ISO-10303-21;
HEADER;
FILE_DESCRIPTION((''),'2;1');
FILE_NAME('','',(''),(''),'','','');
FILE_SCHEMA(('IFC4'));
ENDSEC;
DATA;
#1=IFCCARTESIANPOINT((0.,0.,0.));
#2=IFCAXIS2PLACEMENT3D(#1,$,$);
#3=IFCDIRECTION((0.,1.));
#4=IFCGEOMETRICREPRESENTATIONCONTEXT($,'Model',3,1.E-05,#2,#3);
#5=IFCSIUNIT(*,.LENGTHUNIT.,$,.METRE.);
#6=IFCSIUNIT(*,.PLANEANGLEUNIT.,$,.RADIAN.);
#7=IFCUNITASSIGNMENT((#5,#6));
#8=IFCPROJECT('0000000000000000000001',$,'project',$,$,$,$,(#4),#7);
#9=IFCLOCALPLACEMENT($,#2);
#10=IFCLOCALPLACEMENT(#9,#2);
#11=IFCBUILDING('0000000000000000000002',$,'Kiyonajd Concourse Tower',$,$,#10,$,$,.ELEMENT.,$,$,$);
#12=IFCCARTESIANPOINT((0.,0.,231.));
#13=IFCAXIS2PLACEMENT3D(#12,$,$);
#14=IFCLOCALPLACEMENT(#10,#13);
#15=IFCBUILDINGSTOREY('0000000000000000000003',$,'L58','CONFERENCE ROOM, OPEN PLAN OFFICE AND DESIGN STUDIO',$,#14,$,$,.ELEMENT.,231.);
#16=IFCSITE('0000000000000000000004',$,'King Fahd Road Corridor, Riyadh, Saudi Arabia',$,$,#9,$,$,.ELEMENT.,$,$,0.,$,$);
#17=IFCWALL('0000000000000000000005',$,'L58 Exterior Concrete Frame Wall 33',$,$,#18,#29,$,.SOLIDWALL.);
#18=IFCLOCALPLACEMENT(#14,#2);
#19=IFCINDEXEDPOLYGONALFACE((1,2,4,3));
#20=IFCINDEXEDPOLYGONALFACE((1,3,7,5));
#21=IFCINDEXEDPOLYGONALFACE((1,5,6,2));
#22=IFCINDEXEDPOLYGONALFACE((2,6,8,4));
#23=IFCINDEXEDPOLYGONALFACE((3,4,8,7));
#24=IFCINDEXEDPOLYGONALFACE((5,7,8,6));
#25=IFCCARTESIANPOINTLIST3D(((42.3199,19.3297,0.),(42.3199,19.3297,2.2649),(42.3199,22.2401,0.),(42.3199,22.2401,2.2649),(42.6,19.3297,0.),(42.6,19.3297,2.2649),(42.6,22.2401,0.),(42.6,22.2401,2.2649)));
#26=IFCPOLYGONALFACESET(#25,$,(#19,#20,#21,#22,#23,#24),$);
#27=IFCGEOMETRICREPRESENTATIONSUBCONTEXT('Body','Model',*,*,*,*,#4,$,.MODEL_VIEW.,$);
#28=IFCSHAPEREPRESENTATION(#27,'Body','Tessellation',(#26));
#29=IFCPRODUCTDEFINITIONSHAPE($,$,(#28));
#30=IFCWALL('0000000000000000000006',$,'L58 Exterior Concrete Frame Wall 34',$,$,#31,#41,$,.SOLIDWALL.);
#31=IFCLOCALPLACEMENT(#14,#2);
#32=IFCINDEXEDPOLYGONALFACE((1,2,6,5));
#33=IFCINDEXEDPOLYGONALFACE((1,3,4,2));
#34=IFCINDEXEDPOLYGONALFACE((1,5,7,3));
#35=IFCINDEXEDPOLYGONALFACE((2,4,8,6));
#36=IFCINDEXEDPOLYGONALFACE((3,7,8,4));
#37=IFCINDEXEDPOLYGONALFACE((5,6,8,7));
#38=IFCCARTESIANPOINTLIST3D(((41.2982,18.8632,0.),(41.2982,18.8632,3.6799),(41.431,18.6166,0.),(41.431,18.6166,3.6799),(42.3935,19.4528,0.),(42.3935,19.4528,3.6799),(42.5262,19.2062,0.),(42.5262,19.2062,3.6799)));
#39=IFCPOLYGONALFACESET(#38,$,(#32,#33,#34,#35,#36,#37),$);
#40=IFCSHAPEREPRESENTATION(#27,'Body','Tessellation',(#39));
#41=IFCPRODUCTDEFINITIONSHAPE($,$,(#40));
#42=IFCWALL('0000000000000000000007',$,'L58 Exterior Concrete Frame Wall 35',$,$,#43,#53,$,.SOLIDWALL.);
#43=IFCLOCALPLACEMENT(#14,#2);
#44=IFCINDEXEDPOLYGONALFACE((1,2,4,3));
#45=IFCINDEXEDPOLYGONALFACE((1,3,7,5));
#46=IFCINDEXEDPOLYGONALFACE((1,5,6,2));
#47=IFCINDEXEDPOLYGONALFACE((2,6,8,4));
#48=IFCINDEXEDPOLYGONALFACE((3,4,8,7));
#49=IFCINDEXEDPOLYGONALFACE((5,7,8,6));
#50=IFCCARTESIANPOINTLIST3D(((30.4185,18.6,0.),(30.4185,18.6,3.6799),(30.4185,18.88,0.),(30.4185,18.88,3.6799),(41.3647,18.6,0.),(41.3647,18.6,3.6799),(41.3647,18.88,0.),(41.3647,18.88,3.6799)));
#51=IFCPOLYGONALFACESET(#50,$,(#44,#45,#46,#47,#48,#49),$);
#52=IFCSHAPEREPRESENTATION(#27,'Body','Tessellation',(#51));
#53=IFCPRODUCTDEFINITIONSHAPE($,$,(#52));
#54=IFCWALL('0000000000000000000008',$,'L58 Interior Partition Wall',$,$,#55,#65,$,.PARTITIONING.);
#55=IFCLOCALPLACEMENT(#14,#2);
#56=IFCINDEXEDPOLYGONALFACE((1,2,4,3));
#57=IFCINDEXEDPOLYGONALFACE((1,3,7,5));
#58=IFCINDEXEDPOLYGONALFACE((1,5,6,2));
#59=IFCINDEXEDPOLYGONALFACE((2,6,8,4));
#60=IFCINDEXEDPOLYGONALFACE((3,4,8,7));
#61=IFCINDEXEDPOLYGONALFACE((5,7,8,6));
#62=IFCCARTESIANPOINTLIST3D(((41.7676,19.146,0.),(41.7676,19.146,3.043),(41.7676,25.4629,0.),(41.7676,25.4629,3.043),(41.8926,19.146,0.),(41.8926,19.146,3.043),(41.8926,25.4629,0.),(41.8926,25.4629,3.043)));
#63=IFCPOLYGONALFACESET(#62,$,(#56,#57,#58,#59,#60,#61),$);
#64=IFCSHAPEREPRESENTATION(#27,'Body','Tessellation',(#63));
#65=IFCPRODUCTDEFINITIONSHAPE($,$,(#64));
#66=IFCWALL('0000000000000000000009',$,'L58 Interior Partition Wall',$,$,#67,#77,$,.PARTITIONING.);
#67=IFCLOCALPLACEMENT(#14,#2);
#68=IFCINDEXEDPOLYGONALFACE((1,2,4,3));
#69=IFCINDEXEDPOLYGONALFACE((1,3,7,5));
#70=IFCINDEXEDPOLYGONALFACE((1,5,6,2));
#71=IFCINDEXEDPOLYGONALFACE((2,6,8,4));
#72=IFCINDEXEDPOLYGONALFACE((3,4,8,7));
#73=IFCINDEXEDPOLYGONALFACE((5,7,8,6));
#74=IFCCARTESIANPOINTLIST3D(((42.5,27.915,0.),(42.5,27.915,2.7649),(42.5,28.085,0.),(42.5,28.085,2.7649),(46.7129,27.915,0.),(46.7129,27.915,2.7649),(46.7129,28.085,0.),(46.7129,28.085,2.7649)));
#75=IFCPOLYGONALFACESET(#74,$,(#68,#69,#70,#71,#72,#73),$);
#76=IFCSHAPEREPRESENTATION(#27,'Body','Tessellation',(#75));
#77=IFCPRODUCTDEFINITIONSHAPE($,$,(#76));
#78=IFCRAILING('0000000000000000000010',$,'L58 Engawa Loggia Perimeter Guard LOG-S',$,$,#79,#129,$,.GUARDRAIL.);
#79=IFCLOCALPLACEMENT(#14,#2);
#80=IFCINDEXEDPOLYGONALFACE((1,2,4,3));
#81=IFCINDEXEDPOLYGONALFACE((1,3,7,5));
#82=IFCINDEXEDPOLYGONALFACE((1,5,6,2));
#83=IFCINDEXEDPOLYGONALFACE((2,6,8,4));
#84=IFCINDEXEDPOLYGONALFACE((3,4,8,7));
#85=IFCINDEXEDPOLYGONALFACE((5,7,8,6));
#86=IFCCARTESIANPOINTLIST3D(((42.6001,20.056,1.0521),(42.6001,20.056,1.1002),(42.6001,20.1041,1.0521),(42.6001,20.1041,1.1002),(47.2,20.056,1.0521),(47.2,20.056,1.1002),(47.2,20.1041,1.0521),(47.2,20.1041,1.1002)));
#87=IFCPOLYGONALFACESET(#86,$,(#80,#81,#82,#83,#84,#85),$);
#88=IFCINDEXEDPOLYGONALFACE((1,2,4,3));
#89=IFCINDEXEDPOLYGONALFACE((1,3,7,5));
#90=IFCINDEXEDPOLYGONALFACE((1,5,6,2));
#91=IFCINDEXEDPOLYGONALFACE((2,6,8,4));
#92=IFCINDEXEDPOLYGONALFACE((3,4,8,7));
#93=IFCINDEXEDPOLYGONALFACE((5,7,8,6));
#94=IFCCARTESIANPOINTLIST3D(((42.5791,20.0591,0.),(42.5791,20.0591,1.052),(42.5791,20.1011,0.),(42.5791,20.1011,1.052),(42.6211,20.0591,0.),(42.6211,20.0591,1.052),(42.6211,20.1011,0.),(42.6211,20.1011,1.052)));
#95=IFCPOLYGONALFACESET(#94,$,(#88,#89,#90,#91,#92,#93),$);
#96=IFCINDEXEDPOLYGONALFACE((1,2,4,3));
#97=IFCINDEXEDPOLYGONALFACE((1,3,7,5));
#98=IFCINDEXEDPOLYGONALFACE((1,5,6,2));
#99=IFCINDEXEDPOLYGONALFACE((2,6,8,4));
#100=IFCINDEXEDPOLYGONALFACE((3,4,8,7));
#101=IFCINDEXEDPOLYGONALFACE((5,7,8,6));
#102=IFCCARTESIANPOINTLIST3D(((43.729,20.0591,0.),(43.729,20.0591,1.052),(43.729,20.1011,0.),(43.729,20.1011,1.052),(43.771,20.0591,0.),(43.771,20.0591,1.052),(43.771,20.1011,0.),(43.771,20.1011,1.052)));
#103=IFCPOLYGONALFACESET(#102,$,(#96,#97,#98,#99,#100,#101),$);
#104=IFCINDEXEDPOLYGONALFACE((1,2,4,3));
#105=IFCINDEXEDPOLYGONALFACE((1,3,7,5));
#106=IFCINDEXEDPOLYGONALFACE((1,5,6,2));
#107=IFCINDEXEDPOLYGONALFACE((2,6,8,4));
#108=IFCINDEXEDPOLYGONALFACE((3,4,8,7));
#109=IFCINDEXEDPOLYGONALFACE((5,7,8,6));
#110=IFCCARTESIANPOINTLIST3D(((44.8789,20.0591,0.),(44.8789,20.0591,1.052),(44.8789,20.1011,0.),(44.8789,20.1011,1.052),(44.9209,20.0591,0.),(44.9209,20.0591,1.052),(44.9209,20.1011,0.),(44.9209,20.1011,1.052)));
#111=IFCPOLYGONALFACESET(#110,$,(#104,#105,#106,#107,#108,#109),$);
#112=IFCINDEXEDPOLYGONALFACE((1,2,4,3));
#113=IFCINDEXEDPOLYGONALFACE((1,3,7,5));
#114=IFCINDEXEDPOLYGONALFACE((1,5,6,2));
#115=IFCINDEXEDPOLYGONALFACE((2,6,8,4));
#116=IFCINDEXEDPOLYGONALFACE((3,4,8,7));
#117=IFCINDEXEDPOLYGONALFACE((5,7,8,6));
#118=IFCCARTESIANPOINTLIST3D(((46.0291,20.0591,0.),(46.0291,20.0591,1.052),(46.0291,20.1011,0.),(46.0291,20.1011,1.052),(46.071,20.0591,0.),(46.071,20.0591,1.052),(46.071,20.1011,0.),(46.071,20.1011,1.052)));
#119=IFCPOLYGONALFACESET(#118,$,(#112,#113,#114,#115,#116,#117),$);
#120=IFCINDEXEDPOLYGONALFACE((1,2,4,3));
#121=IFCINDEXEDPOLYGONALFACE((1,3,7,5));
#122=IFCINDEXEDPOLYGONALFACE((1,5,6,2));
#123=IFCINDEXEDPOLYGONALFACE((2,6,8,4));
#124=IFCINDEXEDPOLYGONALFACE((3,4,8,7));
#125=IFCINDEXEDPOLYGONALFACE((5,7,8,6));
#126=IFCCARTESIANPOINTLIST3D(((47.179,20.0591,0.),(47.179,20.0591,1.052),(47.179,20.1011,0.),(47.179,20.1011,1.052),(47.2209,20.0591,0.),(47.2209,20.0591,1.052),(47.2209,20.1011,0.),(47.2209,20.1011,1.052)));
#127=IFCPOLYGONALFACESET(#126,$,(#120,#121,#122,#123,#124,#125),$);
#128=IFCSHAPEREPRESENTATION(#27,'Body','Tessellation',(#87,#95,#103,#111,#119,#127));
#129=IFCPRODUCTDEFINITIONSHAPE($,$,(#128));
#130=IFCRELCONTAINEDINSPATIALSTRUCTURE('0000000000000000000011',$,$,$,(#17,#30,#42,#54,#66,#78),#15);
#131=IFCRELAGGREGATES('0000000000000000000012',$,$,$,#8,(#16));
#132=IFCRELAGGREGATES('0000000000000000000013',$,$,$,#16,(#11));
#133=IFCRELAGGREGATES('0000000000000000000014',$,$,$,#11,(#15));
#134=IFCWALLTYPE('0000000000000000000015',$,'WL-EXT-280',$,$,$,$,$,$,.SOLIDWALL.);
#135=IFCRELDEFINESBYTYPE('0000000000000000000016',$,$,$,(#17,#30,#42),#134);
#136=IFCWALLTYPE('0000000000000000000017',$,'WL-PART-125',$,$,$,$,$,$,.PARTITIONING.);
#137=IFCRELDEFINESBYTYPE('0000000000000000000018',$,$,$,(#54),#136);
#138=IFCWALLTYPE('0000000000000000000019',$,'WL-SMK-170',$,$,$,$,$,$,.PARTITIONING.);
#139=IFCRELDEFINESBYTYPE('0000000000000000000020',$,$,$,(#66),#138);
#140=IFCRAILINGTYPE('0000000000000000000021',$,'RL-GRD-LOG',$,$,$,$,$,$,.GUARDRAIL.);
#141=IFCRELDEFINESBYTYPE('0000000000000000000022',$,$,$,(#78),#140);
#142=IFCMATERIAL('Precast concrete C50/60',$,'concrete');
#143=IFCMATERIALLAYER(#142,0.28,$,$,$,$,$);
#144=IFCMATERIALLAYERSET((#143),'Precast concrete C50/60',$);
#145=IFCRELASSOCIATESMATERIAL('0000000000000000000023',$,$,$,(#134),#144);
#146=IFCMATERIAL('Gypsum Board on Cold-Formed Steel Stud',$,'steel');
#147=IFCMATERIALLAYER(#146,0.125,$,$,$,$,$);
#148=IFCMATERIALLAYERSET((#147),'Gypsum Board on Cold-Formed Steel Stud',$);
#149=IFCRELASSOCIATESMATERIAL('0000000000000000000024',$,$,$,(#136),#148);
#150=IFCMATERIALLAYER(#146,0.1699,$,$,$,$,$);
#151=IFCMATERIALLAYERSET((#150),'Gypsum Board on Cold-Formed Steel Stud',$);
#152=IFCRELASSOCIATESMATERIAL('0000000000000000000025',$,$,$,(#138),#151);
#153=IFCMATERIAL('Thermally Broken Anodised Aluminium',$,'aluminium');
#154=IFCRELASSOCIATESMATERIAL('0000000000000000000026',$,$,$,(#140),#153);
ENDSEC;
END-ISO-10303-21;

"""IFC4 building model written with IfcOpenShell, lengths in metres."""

from ifc_helpers import new_model, si_unit, direction, frame, frame_2d, origin, origin_2d, place, context, subcontext, project, spatial, rectangle, extrude, material, layer, layer_set, type_object, element, save


model = new_model("IFC4")

# Units and contexts
model_context = context("Model", 3, precision=1e-05, world=origin(), true_north=direction((0.0, 1.0)))
body_context = subcontext(model_context, "Body", "Model", "MODEL_VIEW")
ifc_project = project(units=[si_unit("LENGTHUNIT", "METRE"), si_unit("PLANEANGLEUNIT", "RADIAN")], contexts=[model_context])

# Site, building, storey
site_placement = place(None, origin())
site = spatial("IfcSite", under=ifc_project, at=site_placement, Name="King Fahd Road Corridor, Riyadh, Saudi Arabia", CompositionType="ELEMENT", RefElevation=0.0)
building_placement = place(site_placement, origin())
building = spatial("IfcBuilding", under=site, at=building_placement, Name="Kiyonajd Concourse Tower", CompositionType="ELEMENT")
storey_placement = place(building_placement, frame((0.0, 0.0, 231.0)))
storey = spatial("IfcBuildingStorey", under=building, at=storey_placement, Name="L58", Description="CONFERENCE ROOM, OPEN PLAN OFFICE AND DESIGN STUDIO", CompositionType="ELEMENT", Elevation=231.0)

# Shared definitions
ifc_material_1 = material(Name="Thermally Broken Anodised Aluminium", Category="aluminium")

# Walls
ifc_material_2 = material(Name="Precast concrete C50/60", Category="concrete")
ifc_layer_1 = layer(ifc_material_2, 0.28)
ifc_layer_set_1 = layer_set([ifc_layer_1], Name="Precast concrete C50/60")
wall_type_1 = type_object("IfcWallType", Name="WL-EXT-280", PredefinedType="SOLIDWALL", material=ifc_layer_set_1)
wall_1_placement = place(storey_placement, frame((42.46, 22.24, 0.0), z_axis=(0.0, 0.0, 1.0), x_axis=(0.0, -1.0, 0.0)))
element("IfcWall", 1, at=wall_1_placement, inside=storey, type_object=wall_type_1, Name="L58 Exterior Concrete Frame Wall 33", PredefinedType="SOLIDWALL", context=body_context, shape_type="SweptSolid", body=[
    extrude(rectangle(XDim=2.9104, YDim=0.28, at=frame_2d((1.4551, 0.0))), origin(), (0.0, 0.0, 1.0), 2.2649),
])
wall_2_placement = place(storey_placement, frame((42.46, 19.3296, 0.0), z_axis=(0.0, 0.0, 1.0), x_axis=(-0.880515, -0.474018, 0.0)))
element("IfcWall", 2, at=wall_2_placement, inside=storey, type_object=wall_type_1, Name="L58 Exterior Concrete Frame Wall 34", PredefinedType="SOLIDWALL", context=body_context, shape_type="SweptSolid", body=[
    extrude(rectangle(XDim=1.2439, YDim=0.28, at=frame_2d((0.6221, 0.0))), origin(), (0.0, 0.0, 1.0), 3.6799),
])
wall_3_placement = place(storey_placement, frame((41.3647, 18.74, 0.0), z_axis=(0.0, 0.0, 1.0), x_axis=(-1.0, 0.0, 0.0)))
element("IfcWall", 3, at=wall_3_placement, inside=storey, type_object=wall_type_1, Name="L58 Exterior Concrete Frame Wall 35", PredefinedType="SOLIDWALL", context=body_context, shape_type="SweptSolid", body=[
    extrude(rectangle(XDim=10.9463, YDim=0.28, at=frame_2d((5.4731, 0.0))), origin(), (0.0, 0.0, 1.0), 3.6799),
])
ifc_material_3 = material(Name="Gypsum Board on Cold-Formed Steel Stud", Category="steel")
ifc_layer_2 = layer(ifc_material_3, 0.125)
ifc_layer_set_2 = layer_set([ifc_layer_2], Name="Gypsum Board on Cold-Formed Steel Stud")
wall_type_2 = type_object("IfcWallType", Name="WL-PART-125", PredefinedType="PARTITIONING", material=ifc_layer_set_2)
wall_4_placement = place(storey_placement, frame((41.8301, 19.146, 0.0), z_axis=(0.0, 0.0, 1.0), x_axis=(0.0, 1.0, 0.0)))
element("IfcWall", 4, at=wall_4_placement, inside=storey, type_object=wall_type_2, Name="L58 Interior Partition Wall", PredefinedType="PARTITIONING", context=body_context, shape_type="SweptSolid", body=[
    extrude(rectangle(XDim=6.3169, YDim=0.125, at=frame_2d((3.1584, 0.0))), origin(), (0.0, 0.0, 1.0), 3.043),
])
ifc_layer_3 = layer(ifc_material_3, 0.1699)
ifc_layer_set_3 = layer_set([ifc_layer_3], Name="Gypsum Board on Cold-Formed Steel Stud")
wall_type_3 = type_object("IfcWallType", Name="WL-SMK-170", PredefinedType="PARTITIONING", material=ifc_layer_set_3)
wall_5_placement = place(storey_placement, frame((42.5, 28.0, 0.0), z_axis=(0.0, 0.0, 1.0), x_axis=(1.0, 0.0, 0.0)))
element("IfcWall", 5, at=wall_5_placement, inside=storey, type_object=wall_type_3, Name="L58 Interior Partition Wall", PredefinedType="PARTITIONING", context=body_context, shape_type="SweptSolid", body=[
    extrude(rectangle(XDim=4.2129, YDim=0.1699, at=frame_2d((2.1064, 0.0))), origin(), (0.0, 0.0, 1.0), 2.7649),
])

# Railing
railing_type = type_object("IfcRailingType", Name="RL-GRD-LOG", PredefinedType="GUARDRAIL", material=ifc_material_1)
railing_placement = place(storey_placement, frame((42.6001, 20.0801, 0.0)))
element("IfcRailing", 6, at=railing_placement, inside=storey, type_object=railing_type, Name="L58 Engawa Loggia Perimeter Guard LOG-S", PredefinedType="GUARDRAIL", context=body_context, shape_type="SweptSolid", body=[
    extrude(rectangle(XDim=0.0481, YDim=0.0481, at=origin_2d()), frame((0.0, 0.0, 1.0762), z_axis=(1.0, 0.0, 0.0), x_axis=(0.0, 1.0, 0.0)), (0.0, 0.0, 1.0), 4.5999),
    extrude(rectangle(XDim=0.042, YDim=0.042, at=origin_2d()), origin(), (0.0, 0.0, 1.0), 1.052),
    extrude(rectangle(XDim=0.042, YDim=0.042, at=origin_2d()), frame((1.1499, 0.0, 0.0)), (0.0, 0.0, 1.0), 1.052),
    extrude(rectangle(XDim=0.042, YDim=0.042, at=origin_2d()), frame((2.2998, 0.0, 0.0)), (0.0, 0.0, 1.0), 1.052),
    extrude(rectangle(XDim=0.042, YDim=0.042, at=origin_2d()), frame((3.45, 0.0, 0.0)), (0.0, 0.0, 1.0), 1.052),
    extrude(rectangle(XDim=0.042, YDim=0.042, at=origin_2d()), frame((4.5999, 0.0, 0.0)), (0.0, 0.0, 1.0), 1.052),
])

save(model, "model.ifc")
